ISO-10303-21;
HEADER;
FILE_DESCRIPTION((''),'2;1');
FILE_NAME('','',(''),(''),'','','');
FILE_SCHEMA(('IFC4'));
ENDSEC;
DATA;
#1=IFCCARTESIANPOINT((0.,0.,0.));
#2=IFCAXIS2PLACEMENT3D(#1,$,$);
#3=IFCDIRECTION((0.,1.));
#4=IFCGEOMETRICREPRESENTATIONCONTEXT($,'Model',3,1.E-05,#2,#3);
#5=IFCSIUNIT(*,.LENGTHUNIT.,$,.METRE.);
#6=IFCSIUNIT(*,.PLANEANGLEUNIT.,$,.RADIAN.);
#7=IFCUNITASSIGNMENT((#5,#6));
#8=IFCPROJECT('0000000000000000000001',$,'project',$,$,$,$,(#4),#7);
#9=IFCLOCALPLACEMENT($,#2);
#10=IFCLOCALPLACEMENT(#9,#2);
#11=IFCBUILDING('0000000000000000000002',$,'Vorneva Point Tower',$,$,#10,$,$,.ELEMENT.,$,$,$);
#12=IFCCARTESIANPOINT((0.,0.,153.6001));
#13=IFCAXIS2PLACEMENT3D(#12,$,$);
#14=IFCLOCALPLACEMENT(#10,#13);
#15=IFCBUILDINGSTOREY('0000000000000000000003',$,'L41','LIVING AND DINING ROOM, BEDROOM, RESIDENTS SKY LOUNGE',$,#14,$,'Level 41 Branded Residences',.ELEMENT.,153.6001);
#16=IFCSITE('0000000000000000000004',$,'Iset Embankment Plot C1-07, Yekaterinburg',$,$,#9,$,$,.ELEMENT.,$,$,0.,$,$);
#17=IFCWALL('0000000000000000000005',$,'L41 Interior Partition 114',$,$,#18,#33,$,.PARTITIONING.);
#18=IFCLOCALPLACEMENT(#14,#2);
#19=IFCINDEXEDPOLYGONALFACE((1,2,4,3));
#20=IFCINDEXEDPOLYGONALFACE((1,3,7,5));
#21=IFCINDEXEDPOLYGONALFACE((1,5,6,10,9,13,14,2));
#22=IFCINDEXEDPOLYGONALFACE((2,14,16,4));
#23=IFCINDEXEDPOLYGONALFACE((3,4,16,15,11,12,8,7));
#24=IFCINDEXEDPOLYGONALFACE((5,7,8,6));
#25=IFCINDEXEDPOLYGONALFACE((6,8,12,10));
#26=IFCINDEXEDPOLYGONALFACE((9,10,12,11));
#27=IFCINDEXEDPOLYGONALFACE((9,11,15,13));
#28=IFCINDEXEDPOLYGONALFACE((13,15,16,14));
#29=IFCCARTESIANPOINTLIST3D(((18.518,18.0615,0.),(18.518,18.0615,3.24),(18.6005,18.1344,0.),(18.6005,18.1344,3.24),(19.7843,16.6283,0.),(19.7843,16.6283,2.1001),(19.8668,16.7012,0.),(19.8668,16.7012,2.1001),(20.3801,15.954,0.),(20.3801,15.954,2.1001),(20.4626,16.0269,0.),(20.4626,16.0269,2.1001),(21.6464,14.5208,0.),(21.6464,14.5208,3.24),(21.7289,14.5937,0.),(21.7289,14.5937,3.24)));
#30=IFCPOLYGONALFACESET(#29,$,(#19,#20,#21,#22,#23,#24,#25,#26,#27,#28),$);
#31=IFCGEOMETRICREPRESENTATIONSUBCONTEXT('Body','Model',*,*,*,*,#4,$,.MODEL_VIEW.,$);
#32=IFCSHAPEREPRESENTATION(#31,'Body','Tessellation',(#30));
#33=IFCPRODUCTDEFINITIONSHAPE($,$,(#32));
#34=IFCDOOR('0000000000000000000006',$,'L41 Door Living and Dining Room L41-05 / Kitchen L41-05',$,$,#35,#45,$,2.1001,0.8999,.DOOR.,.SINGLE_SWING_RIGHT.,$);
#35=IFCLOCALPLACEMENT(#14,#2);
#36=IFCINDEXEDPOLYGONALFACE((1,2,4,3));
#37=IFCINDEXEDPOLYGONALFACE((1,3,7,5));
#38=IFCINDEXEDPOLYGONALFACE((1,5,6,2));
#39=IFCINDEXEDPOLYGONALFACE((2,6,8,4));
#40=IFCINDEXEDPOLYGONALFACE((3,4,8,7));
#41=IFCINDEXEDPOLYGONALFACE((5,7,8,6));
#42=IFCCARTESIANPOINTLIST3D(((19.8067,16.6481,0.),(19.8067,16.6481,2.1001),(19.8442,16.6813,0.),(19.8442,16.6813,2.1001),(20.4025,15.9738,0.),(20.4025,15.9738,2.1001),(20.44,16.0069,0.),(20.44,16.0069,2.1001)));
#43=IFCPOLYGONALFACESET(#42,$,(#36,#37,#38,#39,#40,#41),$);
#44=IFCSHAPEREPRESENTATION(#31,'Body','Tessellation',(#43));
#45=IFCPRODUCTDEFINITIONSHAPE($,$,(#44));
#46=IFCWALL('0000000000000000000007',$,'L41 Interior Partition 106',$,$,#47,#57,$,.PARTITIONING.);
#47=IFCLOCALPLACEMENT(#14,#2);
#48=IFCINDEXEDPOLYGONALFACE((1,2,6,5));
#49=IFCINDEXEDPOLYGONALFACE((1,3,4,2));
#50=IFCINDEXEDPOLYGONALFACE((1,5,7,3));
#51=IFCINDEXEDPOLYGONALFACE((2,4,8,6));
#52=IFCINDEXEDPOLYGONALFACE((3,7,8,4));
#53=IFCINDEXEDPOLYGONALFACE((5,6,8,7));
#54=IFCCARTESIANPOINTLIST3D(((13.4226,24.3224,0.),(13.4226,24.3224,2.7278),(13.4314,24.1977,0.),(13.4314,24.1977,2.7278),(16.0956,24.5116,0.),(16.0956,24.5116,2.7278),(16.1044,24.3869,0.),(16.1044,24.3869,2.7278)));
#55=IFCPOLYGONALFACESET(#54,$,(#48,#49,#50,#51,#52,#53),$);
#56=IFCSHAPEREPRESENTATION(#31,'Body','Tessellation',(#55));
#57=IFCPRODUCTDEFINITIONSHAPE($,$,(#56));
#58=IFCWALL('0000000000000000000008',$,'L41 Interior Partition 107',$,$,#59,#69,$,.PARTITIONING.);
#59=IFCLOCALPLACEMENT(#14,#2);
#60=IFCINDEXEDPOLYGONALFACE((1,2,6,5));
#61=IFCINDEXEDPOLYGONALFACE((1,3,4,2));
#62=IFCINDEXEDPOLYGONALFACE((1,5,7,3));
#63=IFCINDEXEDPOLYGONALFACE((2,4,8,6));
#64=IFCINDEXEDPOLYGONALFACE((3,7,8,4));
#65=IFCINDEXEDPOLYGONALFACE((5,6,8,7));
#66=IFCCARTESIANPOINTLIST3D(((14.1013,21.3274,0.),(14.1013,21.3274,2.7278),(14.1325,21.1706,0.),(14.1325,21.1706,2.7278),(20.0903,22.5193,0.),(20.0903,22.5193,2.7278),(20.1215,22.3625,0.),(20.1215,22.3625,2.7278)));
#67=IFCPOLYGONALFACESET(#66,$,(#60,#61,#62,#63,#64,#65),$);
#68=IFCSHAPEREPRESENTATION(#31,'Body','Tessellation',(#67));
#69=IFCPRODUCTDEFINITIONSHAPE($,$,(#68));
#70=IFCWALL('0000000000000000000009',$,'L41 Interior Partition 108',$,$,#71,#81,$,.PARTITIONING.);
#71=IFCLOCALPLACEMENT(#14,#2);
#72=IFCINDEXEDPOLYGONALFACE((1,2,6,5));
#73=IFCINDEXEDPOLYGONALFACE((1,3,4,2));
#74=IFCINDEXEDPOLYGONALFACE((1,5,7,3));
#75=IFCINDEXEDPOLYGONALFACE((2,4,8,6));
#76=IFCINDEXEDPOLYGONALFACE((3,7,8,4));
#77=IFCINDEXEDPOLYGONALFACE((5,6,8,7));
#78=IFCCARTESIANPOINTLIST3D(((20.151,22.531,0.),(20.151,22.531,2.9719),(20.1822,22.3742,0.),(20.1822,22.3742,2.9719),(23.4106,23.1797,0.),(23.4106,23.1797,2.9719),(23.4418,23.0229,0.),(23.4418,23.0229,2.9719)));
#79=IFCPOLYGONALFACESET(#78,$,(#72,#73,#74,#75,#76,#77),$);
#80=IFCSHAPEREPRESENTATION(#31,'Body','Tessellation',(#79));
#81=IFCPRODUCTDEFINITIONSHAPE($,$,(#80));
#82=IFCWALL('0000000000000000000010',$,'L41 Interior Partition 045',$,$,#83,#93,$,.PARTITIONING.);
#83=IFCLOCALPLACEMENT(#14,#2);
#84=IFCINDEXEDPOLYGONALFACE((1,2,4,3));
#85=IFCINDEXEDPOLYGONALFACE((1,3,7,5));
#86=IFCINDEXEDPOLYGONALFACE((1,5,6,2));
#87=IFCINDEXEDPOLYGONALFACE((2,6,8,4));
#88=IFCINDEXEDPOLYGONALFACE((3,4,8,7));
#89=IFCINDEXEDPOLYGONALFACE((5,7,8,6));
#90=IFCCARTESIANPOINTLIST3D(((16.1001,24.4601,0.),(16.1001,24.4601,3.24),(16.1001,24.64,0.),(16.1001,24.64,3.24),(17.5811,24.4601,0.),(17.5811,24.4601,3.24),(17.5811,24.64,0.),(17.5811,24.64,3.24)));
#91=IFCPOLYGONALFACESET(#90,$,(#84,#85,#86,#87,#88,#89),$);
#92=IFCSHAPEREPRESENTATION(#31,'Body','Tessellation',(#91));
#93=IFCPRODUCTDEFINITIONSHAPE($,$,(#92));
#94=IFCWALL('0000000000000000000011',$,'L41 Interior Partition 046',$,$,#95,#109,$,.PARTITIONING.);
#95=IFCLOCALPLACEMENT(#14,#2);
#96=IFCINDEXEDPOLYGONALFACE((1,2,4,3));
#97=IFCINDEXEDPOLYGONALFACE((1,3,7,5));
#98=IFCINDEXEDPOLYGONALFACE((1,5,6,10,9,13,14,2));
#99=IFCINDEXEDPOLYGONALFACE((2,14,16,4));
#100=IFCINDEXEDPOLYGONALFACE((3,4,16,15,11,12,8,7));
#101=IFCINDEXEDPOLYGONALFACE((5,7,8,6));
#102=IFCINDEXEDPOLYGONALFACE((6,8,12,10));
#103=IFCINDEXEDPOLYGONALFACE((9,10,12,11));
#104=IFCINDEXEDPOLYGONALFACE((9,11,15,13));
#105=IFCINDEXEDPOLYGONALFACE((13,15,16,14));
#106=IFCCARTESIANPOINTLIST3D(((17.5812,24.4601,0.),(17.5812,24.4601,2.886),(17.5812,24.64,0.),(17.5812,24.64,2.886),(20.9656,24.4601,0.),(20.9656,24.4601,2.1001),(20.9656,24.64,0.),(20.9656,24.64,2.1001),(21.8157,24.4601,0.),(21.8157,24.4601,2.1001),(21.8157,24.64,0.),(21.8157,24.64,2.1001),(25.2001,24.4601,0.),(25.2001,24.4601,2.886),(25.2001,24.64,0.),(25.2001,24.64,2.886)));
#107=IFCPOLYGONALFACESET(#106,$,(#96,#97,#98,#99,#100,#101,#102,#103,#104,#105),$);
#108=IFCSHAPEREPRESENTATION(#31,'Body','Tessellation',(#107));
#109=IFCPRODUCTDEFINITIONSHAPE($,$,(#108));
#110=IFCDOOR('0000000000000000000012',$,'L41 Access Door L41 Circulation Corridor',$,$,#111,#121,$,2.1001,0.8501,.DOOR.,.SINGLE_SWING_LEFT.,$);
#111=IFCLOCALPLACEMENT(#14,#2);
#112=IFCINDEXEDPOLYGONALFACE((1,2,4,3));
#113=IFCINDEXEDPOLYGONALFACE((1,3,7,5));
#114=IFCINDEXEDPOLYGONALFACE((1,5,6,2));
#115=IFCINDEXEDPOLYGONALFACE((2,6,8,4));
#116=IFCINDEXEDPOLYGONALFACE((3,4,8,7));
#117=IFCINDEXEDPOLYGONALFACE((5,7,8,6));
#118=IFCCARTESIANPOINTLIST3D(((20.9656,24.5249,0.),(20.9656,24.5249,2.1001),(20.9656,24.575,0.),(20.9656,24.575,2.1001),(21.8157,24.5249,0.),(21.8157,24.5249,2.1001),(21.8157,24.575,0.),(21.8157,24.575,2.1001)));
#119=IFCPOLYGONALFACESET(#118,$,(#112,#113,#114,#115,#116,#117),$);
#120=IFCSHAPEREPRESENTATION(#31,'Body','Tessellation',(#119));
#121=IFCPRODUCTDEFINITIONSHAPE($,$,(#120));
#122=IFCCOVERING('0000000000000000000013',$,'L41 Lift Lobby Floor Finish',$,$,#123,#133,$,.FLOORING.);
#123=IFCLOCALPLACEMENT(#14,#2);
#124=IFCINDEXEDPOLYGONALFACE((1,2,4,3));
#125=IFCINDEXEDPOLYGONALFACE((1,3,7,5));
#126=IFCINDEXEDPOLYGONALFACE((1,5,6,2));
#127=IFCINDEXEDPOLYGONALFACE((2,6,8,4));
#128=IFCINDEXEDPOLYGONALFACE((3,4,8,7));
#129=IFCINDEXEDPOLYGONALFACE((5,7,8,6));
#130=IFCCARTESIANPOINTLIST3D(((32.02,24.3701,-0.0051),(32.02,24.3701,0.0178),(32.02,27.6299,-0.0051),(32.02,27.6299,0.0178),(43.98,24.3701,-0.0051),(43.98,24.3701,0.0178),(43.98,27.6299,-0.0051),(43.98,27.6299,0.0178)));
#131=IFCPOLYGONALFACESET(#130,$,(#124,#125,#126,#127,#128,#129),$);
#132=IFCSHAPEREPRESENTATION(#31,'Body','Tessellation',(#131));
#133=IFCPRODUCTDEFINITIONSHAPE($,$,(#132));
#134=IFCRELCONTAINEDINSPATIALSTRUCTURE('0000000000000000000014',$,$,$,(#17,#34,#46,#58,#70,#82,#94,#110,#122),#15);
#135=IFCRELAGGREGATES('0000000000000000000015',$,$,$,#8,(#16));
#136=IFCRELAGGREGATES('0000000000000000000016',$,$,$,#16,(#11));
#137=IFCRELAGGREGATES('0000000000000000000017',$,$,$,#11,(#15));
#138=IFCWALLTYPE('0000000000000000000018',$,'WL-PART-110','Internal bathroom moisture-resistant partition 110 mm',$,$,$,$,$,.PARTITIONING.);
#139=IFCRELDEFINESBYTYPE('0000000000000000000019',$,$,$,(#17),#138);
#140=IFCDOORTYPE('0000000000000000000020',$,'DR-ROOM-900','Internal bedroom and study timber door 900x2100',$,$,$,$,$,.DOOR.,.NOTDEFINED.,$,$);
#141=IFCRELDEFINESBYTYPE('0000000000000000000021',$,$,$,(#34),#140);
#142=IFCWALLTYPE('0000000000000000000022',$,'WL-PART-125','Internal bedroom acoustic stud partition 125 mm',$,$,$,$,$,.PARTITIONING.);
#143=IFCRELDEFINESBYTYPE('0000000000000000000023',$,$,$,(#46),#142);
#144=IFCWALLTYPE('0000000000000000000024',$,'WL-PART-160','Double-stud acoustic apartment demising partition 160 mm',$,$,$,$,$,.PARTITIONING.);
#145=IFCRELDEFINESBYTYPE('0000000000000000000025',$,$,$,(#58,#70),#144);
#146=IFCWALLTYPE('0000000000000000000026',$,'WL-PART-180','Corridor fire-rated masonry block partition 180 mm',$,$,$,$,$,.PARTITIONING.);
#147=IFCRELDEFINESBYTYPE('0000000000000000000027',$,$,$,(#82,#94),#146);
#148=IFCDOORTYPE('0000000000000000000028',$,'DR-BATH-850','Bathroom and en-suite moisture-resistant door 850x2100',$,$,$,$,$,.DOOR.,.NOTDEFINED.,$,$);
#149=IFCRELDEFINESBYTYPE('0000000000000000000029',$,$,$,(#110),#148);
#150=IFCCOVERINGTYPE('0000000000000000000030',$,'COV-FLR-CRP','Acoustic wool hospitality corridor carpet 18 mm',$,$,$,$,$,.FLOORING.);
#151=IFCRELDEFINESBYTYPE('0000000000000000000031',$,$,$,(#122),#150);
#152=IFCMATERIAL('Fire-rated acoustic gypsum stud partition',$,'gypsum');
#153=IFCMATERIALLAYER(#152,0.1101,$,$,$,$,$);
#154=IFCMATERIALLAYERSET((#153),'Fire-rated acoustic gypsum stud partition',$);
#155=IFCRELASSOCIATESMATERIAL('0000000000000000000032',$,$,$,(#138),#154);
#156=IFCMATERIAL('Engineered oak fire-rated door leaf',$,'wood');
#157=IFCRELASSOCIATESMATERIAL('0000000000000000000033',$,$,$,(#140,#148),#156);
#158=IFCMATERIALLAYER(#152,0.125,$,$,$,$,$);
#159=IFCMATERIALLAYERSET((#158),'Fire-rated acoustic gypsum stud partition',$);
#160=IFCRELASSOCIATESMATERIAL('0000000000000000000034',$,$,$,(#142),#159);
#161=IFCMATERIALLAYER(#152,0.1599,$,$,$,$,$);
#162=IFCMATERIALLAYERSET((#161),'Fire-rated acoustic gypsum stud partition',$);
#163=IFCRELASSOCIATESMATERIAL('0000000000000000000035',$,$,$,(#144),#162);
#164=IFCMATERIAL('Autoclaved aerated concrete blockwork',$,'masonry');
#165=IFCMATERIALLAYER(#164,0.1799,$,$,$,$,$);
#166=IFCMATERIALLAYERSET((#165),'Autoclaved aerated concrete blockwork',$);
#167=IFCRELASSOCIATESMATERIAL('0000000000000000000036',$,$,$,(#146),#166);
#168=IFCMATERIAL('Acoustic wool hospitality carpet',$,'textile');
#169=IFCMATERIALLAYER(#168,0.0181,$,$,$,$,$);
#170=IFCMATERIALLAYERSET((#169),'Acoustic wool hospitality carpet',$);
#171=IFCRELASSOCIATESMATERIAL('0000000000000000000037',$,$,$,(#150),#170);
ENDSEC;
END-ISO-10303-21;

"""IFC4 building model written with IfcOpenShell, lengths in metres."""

from ifc_helpers import new_model, si_unit, direction, frame, frame_2d, origin, place, context, subcontext, project, spatial, polyline, rectangle, outline, extrude, material, layer, layer_set, type_object, element, fill, save


model = new_model("IFC4")

# Units and contexts
model_context = context("Model", 3, precision=1e-05, world=origin(), true_north=direction((0.0, 1.0)))
body_context = subcontext(model_context, "Body", "Model", "MODEL_VIEW")
ifc_project = project(units=[si_unit("LENGTHUNIT", "METRE"), si_unit("PLANEANGLEUNIT", "RADIAN")], contexts=[model_context])

# Site, building, storey
site_placement = place(None, origin())
site = spatial("IfcSite", under=ifc_project, at=site_placement, Name="Iset Embankment Plot C1-07, Yekaterinburg", CompositionType="ELEMENT", RefElevation=0.0)
building_placement = place(site_placement, origin())
building = spatial("IfcBuilding", under=site, at=building_placement, Name="Vorneva Point Tower", CompositionType="ELEMENT")
storey_placement = place(building_placement, frame((0.0, 0.0, 153.6001)))
storey = spatial("IfcBuildingStorey", under=building, at=storey_placement, Name="L41", Description="LIVING AND DINING ROOM, BEDROOM, RESIDENTS SKY LOUNGE", LongName="Level 41 Branded Residences", CompositionType="ELEMENT", Elevation=153.6001)

# Shared definitions
ifc_material_1 = material(Name="Fire-rated acoustic gypsum stud partition", Category="gypsum")
ifc_layer_1 = layer(ifc_material_1, 0.1101)
ifc_layer_set_1 = layer_set([ifc_layer_1], Name="Fire-rated acoustic gypsum stud partition")
wall_type_1 = type_object("IfcWallType", Name="WL-PART-110", Description="Internal bathroom moisture-resistant partition 110 mm", PredefinedType="PARTITIONING", material=ifc_layer_set_1)

# Wall, opening, door
wall_1_placement = place(storey_placement, frame((18.5593, 18.0979, 0.0), z_axis=(0.0, 0.0, 1.0), x_axis=(0.662122, -0.749396, 0.0)))
wall_1 = element("IfcWall", 1, at=wall_1_placement, inside=storey, type_object=wall_type_1, Name="L41 Interior Partition 114", PredefinedType="PARTITIONING", context=body_context, shape_type="SweptSolid", body=[
    extrude(rectangle(XDim=4.7249, YDim=0.1101, at=frame_2d((2.3623, 0.0))), origin(), (0.0, 0.0, 1.0), 3.24),
])
opening_1_placement = place(wall_1_placement, frame((1.9124, 0.0, 0.0)))
opening_1 = element("IfcOpeningElement", 2, at=opening_1_placement, cuts=wall_1, PredefinedType="OPENING", context=body_context, shape_type="SweptSolid", body=[
    extrude(rectangle(XDim=0.8999, YDim=2.1001, at=frame_2d((0.45, 1.05))), frame((0.0, 0.0698, 0.0), z_axis=(0.0, -1.0, 0.0), x_axis=(1.0, 0.0, 0.0)), (0.0, 0.0, 1.0), 0.1399),
])
ifc_material_2 = material(Name="Engineered oak fire-rated door leaf", Category="wood")
door_type_1 = type_object("IfcDoorType", Name="DR-ROOM-900", Description="Internal bedroom and study timber door 900x2100", OperationType="NOTDEFINED", PredefinedType="DOOR", material=ifc_material_2)
door_1_placement = place(opening_1_placement, origin())
door_1 = element("IfcDoor", 3, at=door_1_placement, inside=storey, type_object=door_type_1, Name="L41 Door Living and Dining Room L41-05 / Kitchen L41-05", OperationType="SINGLE_SWING_RIGHT", OverallHeight=2.1001, OverallWidth=0.8999, PredefinedType="DOOR", context=body_context, shape_type="SweptSolid", body=[
    extrude(rectangle(XDim=0.8999, YDim=2.1001, at=frame_2d((0.45, 1.05))), frame((0.0, 0.0249, 0.0), z_axis=(0.0, -1.0, 0.0), x_axis=(1.0, 0.0, 0.0)), (0.0, 0.0, 1.0), 0.05),
])
fill(opening_1, door_1)

# Walls
ifc_layer_2 = layer(ifc_material_1, 0.125)
ifc_layer_set_2 = layer_set([ifc_layer_2], Name="Fire-rated acoustic gypsum stud partition")
wall_type_2 = type_object("IfcWallType", Name="WL-PART-125", Description="Internal bedroom acoustic stud partition 125 mm", PredefinedType="PARTITIONING", material=ifc_layer_set_2)
wall_2_placement = place(storey_placement, frame((13.427, 24.26, 0.0), z_axis=(0.0, 0.0, 1.0), x_axis=(0.997504, 0.070606, 0.0)))
element("IfcWall", 4, at=wall_2_placement, inside=storey, type_object=wall_type_2, Name="L41 Interior Partition 106", PredefinedType="PARTITIONING", context=body_context, shape_type="SweptSolid", body=[
    extrude(rectangle(XDim=2.6797, YDim=0.125, at=frame_2d((1.3398, 0.0))), origin(), (0.0, 0.0, 1.0), 2.7278),
])
ifc_layer_3 = layer(ifc_material_1, 0.1599)
ifc_layer_set_3 = layer_set([ifc_layer_3], Name="Fire-rated acoustic gypsum stud partition")
wall_type_3 = type_object("IfcWallType", Name="WL-PART-160", Description="Double-stud acoustic apartment demising partition 160 mm", PredefinedType="PARTITIONING", material=ifc_layer_set_3)
wall_3_placement = place(storey_placement, frame((14.1169, 21.249, 0.0), z_axis=(0.0, 0.0, 1.0), x_axis=(0.980766, 0.195186, 0.0)))
element("IfcWall", 5, at=wall_3_placement, inside=storey, type_object=wall_type_3, Name="L41 Interior Partition 107", PredefinedType="PARTITIONING", context=body_context, shape_type="SweptSolid", body=[
    extrude(rectangle(XDim=6.1064, YDim=0.1599, at=frame_2d((3.0532, 0.0))), origin(), (0.0, 0.0, 1.0), 2.7278),
])
wall_4_placement = place(storey_placement, frame((20.1667, 22.4526, 0.0), z_axis=(0.0, 0.0, 1.0), x_axis=(0.980767, 0.195184, 0.0)))
element("IfcWall", 6, at=wall_4_placement, inside=storey, type_object=wall_type_3, Name="L41 Interior Partition 108", PredefinedType="PARTITIONING", context=body_context, shape_type="SweptSolid", body=[
    extrude(rectangle(XDim=3.3235, YDim=0.1599, at=frame_2d((1.6616, 0.0))), origin(), (0.0, 0.0, 1.0), 2.9719),
])
ifc_material_3 = material(Name="Autoclaved aerated concrete blockwork", Category="masonry")
ifc_layer_4 = layer(ifc_material_3, 0.1799)
ifc_layer_set_4 = layer_set([ifc_layer_4], Name="Autoclaved aerated concrete blockwork")
wall_type_4 = type_object("IfcWallType", Name="WL-PART-180", Description="Corridor fire-rated masonry block partition 180 mm", PredefinedType="PARTITIONING", material=ifc_layer_set_4)
wall_5_placement = place(storey_placement, frame((16.1001, 24.55, 0.0), z_axis=(0.0, 0.0, 1.0), x_axis=(1.0, 0.0, 0.0)))
element("IfcWall", 7, at=wall_5_placement, inside=storey, type_object=wall_type_4, Name="L41 Interior Partition 045", PredefinedType="PARTITIONING", context=body_context, shape_type="SweptSolid", body=[
    extrude(rectangle(XDim=1.481, YDim=0.1799, at=frame_2d((0.7405, 0.0))), origin(), (0.0, 0.0, 1.0), 3.24),
])

# Wall, opening, door
wall_6_placement = place(storey_placement, frame((17.5811, 24.55, 0.0), z_axis=(0.0, 0.0, 1.0), x_axis=(1.0, 0.0, 0.0)))
wall_6 = element("IfcWall", 8, at=wall_6_placement, inside=storey, type_object=wall_type_4, Name="L41 Interior Partition 046", PredefinedType="PARTITIONING", context=body_context, shape_type="SweptSolid", body=[
    extrude(rectangle(XDim=7.6189, YDim=0.1799, at=frame_2d((3.8096, 0.0))), origin(), (0.0, 0.0, 1.0), 2.886),
])
opening_2_placement = place(wall_6_placement, frame((3.3845, 0.0, 0.0)))
opening_2 = element("IfcOpeningElement", 9, at=opening_2_placement, cuts=wall_6, PredefinedType="OPENING", context=body_context, shape_type="SweptSolid", body=[
    extrude(rectangle(XDim=0.8501, YDim=2.1001, at=frame_2d((0.425, 1.05))), frame((0.0, 0.105, 0.0), z_axis=(0.0, -1.0, 0.0), x_axis=(1.0, 0.0, 0.0)), (0.0, 0.0, 1.0), 0.2097),
])
door_type_2 = type_object("IfcDoorType", Name="DR-BATH-850", Description="Bathroom and en-suite moisture-resistant door 850x2100", OperationType="NOTDEFINED", PredefinedType="DOOR", material=ifc_material_2)
door_2_placement = place(opening_2_placement, origin())
door_2 = element("IfcDoor", 10, at=door_2_placement, inside=storey, type_object=door_type_2, Name="L41 Access Door L41 Circulation Corridor", OperationType="SINGLE_SWING_LEFT", OverallHeight=2.1001, OverallWidth=0.8501, PredefinedType="DOOR", context=body_context, shape_type="SweptSolid", body=[
    extrude(rectangle(XDim=0.8501, YDim=2.1001, at=frame_2d((0.425, 1.05))), frame((0.0, 0.0249, 0.0), z_axis=(0.0, -1.0, 0.0), x_axis=(1.0, 0.0, 0.0)), (0.0, 0.0, 1.0), 0.05),
])
fill(opening_2, door_2)

# Covering
ifc_material_4 = material(Name="Acoustic wool hospitality carpet", Category="textile")
ifc_layer_5 = layer(ifc_material_4, 0.0181)
ifc_layer_set_5 = layer_set([ifc_layer_5], Name="Acoustic wool hospitality carpet")
covering_type = type_object("IfcCoveringType", Name="COV-FLR-CRP", Description="Acoustic wool hospitality corridor carpet 18 mm", PredefinedType="FLOORING", material=ifc_layer_set_5)
covering_placement = place(storey_placement, frame((0.0, 0.0, -0.0051)))
element("IfcCovering", 11, at=covering_placement, inside=storey, type_object=covering_type, Name="L41 Lift Lobby Floor Finish", PredefinedType="FLOORING", context=body_context, shape_type="SweptSolid", body=[
    extrude(outline(polyline([(32.02, 24.3701), (43.98, 24.3701), (43.98, 27.6299), (32.02, 27.6299), (32.02, 24.3701)])), origin(), (0.0, 0.0, 1.0), 0.0229),
])

save(model, "model.ifc")
